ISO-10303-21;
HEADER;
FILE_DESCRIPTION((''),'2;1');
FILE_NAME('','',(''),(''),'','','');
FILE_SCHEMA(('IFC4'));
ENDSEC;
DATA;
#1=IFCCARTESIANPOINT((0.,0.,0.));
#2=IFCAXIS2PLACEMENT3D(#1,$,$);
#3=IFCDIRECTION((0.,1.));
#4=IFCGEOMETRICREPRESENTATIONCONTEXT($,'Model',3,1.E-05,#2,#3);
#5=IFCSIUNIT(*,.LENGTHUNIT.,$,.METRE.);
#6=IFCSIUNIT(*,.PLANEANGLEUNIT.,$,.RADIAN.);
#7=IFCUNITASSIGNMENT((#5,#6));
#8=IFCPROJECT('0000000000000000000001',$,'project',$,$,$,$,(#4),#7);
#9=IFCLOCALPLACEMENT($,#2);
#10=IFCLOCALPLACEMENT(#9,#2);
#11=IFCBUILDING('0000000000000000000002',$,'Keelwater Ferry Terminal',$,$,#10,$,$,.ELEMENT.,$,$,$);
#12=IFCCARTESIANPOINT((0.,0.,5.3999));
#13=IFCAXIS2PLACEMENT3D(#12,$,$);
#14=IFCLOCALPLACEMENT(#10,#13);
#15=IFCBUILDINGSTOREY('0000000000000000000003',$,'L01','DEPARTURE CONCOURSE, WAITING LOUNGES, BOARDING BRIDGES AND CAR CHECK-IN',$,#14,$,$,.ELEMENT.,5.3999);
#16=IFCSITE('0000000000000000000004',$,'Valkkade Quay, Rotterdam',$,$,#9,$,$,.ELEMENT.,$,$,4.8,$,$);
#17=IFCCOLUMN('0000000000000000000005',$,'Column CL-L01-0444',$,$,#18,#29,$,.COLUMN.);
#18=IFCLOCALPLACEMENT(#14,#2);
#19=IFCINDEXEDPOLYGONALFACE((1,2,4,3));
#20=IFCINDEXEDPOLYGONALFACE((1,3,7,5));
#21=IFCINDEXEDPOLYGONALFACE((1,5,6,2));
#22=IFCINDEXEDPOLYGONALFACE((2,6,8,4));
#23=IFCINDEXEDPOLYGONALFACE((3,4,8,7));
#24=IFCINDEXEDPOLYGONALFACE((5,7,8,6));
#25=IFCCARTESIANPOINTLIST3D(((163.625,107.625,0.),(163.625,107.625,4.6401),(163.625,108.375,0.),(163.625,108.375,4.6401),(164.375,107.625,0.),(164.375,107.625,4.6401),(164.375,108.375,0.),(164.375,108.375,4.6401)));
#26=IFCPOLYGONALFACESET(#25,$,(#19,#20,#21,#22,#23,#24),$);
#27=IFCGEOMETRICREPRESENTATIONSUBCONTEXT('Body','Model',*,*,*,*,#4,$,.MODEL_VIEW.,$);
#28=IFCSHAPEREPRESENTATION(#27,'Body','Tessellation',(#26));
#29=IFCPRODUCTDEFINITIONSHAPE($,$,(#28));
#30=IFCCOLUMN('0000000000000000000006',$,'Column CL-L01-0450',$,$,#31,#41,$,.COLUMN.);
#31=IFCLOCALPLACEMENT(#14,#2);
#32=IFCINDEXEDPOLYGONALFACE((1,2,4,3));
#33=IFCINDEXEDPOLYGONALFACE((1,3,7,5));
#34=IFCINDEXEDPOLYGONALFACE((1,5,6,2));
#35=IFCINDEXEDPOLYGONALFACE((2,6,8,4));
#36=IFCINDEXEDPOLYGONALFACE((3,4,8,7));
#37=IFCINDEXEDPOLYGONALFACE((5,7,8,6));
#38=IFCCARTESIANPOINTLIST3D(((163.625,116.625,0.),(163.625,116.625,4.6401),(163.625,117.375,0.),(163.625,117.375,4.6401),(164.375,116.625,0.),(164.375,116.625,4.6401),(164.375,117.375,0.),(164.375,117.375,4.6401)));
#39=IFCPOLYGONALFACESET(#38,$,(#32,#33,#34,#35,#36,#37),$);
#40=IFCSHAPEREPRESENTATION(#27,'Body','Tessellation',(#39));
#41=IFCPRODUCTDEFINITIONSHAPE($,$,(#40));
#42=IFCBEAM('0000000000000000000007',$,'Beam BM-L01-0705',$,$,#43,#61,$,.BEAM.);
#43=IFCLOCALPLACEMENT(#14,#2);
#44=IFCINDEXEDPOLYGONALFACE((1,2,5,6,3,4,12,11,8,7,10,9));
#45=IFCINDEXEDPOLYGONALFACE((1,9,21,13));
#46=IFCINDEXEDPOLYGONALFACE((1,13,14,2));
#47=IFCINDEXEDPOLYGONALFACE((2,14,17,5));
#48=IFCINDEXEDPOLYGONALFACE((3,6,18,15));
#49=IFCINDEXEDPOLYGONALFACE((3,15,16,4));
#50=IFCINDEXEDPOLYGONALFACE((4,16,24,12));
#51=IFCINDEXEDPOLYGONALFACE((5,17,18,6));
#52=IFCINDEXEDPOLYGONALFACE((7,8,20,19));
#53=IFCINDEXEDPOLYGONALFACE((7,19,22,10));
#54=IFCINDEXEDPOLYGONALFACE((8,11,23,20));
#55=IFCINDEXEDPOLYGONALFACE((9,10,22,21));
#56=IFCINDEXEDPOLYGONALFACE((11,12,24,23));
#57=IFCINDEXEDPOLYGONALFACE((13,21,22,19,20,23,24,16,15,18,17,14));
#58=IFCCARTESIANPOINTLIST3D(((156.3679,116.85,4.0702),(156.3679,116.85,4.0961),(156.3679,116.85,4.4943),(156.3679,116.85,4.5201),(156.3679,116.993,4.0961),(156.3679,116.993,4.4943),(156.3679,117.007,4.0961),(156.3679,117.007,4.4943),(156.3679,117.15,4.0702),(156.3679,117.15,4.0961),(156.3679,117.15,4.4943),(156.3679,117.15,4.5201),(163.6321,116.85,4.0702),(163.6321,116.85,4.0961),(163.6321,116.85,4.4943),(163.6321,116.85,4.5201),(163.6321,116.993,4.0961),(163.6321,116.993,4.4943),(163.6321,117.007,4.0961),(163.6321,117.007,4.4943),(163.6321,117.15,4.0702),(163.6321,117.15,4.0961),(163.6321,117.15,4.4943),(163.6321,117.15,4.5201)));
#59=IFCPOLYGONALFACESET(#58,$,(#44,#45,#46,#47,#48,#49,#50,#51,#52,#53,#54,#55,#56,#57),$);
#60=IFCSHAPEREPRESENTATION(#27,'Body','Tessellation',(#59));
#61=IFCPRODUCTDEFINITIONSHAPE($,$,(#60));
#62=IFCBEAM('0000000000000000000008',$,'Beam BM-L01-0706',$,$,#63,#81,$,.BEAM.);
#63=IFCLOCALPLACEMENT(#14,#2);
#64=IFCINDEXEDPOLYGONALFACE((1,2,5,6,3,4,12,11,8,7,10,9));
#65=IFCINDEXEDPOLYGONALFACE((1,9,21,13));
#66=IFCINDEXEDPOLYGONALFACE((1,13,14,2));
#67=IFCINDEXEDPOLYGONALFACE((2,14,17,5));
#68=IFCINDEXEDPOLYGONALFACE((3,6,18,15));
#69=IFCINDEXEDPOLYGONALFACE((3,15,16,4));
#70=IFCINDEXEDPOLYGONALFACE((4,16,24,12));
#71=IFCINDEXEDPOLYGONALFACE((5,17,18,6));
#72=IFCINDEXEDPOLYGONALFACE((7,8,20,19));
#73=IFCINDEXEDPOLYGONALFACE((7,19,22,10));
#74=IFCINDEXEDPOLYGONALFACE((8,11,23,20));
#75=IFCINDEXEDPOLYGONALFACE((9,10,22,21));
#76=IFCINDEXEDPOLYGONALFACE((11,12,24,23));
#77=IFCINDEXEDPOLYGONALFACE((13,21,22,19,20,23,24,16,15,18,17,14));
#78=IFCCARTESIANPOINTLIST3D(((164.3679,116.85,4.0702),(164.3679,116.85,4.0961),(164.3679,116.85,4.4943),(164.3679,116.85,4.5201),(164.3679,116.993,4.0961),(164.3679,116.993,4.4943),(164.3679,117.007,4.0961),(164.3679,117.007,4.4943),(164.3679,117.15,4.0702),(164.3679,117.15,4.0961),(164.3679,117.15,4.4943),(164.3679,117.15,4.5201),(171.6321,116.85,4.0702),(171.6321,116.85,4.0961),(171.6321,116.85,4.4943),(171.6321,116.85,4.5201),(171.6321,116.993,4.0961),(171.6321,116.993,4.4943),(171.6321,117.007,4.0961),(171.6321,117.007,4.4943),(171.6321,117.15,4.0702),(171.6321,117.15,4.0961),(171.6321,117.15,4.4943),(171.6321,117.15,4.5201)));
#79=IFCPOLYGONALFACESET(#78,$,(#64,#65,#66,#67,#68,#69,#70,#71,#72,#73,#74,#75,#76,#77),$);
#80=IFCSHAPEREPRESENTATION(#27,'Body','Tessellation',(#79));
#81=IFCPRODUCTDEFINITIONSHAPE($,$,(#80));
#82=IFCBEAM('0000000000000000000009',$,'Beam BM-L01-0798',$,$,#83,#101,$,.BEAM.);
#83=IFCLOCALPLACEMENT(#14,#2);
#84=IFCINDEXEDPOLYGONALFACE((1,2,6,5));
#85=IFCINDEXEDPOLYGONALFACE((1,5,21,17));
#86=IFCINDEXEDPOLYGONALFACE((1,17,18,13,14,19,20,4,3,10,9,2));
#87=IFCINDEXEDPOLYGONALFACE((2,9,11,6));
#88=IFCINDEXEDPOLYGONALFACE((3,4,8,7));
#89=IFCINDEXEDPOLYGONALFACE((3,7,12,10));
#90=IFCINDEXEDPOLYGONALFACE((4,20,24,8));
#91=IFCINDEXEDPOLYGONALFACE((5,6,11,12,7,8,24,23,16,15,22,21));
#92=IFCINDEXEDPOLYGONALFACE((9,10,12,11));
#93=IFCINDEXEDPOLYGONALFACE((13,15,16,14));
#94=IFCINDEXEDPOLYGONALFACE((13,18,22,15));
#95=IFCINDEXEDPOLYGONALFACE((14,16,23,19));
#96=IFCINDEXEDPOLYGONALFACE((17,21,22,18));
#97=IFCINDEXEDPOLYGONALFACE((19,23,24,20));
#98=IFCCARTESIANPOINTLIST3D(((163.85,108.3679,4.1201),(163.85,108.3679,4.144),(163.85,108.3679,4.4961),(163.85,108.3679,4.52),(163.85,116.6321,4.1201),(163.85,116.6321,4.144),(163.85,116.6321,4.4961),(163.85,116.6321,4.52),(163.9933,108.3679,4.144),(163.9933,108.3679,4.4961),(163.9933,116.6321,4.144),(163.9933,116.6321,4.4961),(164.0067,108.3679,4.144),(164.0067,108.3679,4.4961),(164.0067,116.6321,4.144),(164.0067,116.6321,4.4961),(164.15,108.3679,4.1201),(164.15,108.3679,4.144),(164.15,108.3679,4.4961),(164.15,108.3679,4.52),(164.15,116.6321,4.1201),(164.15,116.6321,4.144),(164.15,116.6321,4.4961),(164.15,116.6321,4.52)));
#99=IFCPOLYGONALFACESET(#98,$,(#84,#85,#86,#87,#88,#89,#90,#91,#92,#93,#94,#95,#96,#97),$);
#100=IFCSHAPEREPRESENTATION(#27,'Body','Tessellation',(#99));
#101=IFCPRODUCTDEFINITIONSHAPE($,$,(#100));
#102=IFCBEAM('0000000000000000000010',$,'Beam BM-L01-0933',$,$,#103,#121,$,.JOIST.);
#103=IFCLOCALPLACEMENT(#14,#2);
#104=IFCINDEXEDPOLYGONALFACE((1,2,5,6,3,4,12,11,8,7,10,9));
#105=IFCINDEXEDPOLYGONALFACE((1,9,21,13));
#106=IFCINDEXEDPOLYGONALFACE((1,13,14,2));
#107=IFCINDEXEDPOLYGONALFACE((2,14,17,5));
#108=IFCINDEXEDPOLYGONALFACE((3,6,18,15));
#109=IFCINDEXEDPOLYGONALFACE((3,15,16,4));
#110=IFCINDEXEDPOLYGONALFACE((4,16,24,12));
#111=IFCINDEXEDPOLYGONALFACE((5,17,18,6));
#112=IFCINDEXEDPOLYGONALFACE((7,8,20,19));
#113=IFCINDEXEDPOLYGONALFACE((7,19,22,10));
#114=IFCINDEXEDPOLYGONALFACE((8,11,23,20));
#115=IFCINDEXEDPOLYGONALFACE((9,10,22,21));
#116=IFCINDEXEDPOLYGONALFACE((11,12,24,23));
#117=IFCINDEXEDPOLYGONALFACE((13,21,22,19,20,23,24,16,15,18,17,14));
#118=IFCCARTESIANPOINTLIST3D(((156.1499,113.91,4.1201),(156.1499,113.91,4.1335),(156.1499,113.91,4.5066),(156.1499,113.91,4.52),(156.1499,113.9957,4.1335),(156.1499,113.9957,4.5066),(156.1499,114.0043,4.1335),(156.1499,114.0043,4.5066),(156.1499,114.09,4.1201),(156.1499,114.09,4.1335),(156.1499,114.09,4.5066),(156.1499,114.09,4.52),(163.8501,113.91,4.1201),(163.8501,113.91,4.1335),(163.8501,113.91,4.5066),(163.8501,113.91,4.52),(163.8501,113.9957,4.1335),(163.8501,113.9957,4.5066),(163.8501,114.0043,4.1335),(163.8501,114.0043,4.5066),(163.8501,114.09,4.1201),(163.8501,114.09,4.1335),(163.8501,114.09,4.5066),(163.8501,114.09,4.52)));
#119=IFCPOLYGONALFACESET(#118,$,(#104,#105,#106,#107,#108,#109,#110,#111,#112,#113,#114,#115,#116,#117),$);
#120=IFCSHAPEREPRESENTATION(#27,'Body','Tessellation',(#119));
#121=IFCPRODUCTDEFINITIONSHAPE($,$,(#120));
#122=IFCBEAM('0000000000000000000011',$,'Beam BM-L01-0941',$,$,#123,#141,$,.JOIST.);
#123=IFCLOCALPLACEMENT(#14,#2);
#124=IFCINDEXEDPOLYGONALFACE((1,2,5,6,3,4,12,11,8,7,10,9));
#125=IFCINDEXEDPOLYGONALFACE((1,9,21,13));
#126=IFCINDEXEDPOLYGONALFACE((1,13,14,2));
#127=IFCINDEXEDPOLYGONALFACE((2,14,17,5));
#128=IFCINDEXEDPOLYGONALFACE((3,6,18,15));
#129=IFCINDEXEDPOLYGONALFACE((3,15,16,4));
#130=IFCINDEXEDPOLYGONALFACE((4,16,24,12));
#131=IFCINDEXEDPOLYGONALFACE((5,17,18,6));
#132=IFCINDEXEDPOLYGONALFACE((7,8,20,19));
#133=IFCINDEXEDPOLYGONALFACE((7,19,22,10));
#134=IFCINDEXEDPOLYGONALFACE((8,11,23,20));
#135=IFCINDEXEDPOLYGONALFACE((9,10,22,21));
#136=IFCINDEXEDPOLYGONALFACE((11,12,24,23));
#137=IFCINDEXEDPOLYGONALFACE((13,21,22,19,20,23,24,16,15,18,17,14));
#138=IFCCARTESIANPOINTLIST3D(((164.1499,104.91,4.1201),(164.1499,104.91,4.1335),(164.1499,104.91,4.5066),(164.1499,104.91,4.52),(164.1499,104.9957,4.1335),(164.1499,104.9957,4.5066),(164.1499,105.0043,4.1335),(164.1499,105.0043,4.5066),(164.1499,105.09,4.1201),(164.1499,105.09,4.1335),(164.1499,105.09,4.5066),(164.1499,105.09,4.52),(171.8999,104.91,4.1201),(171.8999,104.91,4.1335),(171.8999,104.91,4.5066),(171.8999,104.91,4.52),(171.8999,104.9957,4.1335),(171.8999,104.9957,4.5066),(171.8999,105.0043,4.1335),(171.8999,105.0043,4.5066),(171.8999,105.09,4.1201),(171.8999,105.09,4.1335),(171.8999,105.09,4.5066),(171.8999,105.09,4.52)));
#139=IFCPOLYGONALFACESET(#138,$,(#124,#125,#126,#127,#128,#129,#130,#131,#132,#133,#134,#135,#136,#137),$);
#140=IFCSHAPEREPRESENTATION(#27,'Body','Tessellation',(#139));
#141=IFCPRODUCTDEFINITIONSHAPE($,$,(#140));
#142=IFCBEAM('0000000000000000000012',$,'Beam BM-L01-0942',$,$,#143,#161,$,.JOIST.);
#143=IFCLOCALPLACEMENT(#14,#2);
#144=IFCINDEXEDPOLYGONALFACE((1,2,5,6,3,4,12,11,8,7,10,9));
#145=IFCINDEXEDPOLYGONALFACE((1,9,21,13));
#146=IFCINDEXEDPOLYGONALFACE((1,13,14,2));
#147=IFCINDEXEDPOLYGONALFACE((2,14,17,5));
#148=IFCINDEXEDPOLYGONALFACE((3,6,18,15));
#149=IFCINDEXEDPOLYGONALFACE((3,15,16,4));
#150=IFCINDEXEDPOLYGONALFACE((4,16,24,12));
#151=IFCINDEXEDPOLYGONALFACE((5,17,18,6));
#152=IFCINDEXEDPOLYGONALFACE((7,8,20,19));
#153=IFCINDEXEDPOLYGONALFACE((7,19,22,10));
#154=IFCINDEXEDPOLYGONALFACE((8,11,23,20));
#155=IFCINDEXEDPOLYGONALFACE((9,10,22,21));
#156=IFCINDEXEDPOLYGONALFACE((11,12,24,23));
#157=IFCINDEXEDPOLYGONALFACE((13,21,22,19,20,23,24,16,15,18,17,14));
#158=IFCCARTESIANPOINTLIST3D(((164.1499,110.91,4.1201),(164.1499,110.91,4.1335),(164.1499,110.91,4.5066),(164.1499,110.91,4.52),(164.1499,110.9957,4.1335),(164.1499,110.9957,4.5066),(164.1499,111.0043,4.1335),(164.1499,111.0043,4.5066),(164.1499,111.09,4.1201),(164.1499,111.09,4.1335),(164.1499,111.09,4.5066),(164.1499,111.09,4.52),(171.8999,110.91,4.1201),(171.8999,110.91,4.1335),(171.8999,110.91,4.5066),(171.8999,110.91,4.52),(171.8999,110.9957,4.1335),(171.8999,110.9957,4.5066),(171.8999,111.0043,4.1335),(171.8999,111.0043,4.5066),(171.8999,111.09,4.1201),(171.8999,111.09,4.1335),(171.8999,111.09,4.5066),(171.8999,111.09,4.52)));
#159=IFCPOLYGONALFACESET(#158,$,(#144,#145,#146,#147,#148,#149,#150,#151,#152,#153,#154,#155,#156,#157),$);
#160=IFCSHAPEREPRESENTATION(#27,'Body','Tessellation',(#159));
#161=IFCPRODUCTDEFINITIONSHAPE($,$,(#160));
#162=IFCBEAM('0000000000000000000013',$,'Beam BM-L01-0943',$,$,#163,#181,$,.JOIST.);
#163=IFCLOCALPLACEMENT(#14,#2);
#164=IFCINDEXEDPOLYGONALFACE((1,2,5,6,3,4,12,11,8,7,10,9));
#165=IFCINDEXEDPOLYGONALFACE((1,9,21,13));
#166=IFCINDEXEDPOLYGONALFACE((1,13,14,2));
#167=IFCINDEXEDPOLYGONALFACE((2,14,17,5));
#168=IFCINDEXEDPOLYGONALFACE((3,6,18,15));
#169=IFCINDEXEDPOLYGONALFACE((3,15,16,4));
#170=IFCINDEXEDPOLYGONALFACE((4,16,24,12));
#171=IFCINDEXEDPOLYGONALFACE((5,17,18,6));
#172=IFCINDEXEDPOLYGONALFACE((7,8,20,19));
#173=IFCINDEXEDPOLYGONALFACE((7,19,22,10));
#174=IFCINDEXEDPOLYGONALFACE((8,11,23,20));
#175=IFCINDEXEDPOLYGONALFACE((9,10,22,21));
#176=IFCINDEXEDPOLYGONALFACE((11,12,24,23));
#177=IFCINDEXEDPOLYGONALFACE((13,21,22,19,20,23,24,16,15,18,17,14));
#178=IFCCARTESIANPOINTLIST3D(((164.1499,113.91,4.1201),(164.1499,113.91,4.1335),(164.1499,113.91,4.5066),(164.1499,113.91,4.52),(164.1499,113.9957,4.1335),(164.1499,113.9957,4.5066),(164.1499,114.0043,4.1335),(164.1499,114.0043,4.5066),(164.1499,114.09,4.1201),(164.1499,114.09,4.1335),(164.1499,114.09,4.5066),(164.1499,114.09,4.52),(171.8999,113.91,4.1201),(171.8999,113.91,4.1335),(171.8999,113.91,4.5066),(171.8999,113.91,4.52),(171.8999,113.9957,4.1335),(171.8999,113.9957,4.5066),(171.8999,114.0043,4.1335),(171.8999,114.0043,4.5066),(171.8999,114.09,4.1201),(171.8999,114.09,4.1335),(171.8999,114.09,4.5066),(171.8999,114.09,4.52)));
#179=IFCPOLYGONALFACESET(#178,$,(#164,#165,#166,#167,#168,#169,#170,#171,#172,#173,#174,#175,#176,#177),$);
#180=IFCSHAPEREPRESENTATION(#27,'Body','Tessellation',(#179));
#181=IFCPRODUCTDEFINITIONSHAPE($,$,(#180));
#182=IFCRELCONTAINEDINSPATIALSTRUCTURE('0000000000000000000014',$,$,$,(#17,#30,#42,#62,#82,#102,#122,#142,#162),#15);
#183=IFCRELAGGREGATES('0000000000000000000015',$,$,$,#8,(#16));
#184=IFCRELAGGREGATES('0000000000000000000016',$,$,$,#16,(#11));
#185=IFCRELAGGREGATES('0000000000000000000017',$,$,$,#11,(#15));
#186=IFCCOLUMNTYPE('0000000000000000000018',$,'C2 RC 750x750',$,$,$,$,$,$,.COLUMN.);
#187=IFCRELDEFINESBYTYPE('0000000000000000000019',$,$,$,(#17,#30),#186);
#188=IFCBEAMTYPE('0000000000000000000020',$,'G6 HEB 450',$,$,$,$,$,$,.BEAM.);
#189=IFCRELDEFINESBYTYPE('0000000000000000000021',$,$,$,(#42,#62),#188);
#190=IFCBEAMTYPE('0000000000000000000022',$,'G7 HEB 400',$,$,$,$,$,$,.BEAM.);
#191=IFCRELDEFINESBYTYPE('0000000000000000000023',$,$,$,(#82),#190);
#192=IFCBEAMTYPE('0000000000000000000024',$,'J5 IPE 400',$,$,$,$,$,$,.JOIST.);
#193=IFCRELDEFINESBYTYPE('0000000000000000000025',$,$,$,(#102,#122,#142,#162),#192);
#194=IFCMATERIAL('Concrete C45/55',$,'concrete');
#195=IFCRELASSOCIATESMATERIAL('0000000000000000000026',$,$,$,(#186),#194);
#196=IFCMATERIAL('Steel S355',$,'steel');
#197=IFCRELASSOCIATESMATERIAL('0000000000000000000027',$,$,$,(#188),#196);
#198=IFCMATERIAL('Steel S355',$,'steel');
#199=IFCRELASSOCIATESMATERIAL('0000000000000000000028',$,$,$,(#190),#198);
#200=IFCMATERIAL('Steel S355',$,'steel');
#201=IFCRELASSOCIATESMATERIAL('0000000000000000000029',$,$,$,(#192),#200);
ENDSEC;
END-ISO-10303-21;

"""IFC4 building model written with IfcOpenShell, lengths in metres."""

from ifc_helpers import new_model, si_unit, direction, frame, origin, origin_2d, place, context, subcontext, project, spatial, rectangle, i_section, extrude, material, material_profile, profile_set, type_object, element, save


model = new_model("IFC4")

# Units and contexts
model_context = context("Model", 3, precision=1e-05, world=origin(), true_north=direction((0.0, 1.0)))
body_context = subcontext(model_context, "Body", "Model", "MODEL_VIEW")
ifc_project = project(units=[si_unit("LENGTHUNIT", "METRE"), si_unit("PLANEANGLEUNIT", "RADIAN")], contexts=[model_context])

# Site, building, storey
site_placement = place(None, origin())
site = spatial("IfcSite", under=ifc_project, at=site_placement, Name="Valkkade Quay, Rotterdam", CompositionType="ELEMENT", RefElevation=4.8)
building_placement = place(site_placement, origin())
building = spatial("IfcBuilding", under=site, at=building_placement, Name="Keelwater Ferry Terminal", CompositionType="ELEMENT")
storey_placement = place(building_placement, frame((0.0, 0.0, 5.3999)))
storey = spatial("IfcBuildingStorey", under=building, at=storey_placement, Name="L01", Description="DEPARTURE CONCOURSE, WAITING LOUNGES, BOARDING BRIDGES AND CAR CHECK-IN", CompositionType="ELEMENT", Elevation=5.3999)

# Columns
ifc_material_1 = material(Name="Concrete C45/55", Category="concrete")
ifc_material_profile_1 = material_profile(ifc_material_1, rectangle(XDim=0.75, YDim=0.75, at=origin_2d()), Name="RC 750x750")
ifc_profile_set_1 = profile_set([ifc_material_profile_1], Name="Concrete C45/55")
column_type = type_object("IfcColumnType", Name="C2 RC 750x750", PredefinedType="COLUMN", material=ifc_profile_set_1)
for number, where, z_axis, x_axis, name in (
    (1, (164.0, 108.0, 0.0), (0.0, 0.0, 1.0), (1.0, 0.0, 0.0), "Column CL-L01-0444"),
    (2, (164.0, 117.0, 0.0), (0.0, 0.0, 1.0), (1.0, 0.0, 0.0), "Column CL-L01-0450"),
):
    element("IfcColumn", number, at=place(storey_placement, frame(where, z_axis=z_axis, x_axis=x_axis)), inside=storey, type_object=column_type, Name=name, PredefinedType="COLUMN", context=body_context, shape_type="SweptSolid", body=[
        extrude(rectangle(XDim=0.75, YDim=0.75, at=origin_2d()), origin(), (0.0, 0.0, 1.0), 4.6401),
    ])

# Beams
ifc_material_2 = material(Name="Steel S355", Category="steel")
ifc_material_profile_2 = material_profile(ifc_material_2, i_section(OverallWidth=0.3, OverallDepth=0.45, WebThickness=0.0139, FlangeThickness=0.0259, at=origin_2d()), Name="HEB 450")
ifc_profile_set_2 = profile_set([ifc_material_profile_2], Name="Steel S355")
beam_type_1 = type_object("IfcBeamType", Name="G6 HEB 450", PredefinedType="BEAM", material=ifc_profile_set_2)
for number, where, z_axis, x_axis, name in (
    (3, (156.3679, 117.0, 4.2952), (1.0, 0.0, 0.0), (0.0, 1.0, 0.0), "Beam BM-L01-0705"),
    (4, (164.3679, 117.0, 4.2952), (1.0, 0.0, 0.0), (0.0, 1.0, 0.0), "Beam BM-L01-0706"),
):
    element("IfcBeam", number, at=place(storey_placement, frame(where, z_axis=z_axis, x_axis=x_axis)), inside=storey, type_object=beam_type_1, Name=name, PredefinedType="BEAM", context=body_context, shape_type="SweptSolid", body=[
        extrude(i_section(OverallWidth=0.3, OverallDepth=0.45, WebThickness=0.0139, FlangeThickness=0.0259, at=origin_2d()), origin(), (0.0, 0.0, 1.0), 7.2642),
    ])
ifc_material_3 = material(Name="Steel S355", Category="steel")
ifc_material_profile_3 = material_profile(ifc_material_3, i_section(OverallWidth=0.3, OverallDepth=0.3999, WebThickness=0.0134, FlangeThickness=0.0239, at=origin_2d()), Name="HEB 400")
ifc_profile_set_3 = profile_set([ifc_material_profile_3], Name="Steel S355")
beam_type_2 = type_object("IfcBeamType", Name="G7 HEB 400", PredefinedType="BEAM", material=ifc_profile_set_3)
beam_1_placement = place(storey_placement, frame((164.0, 108.3679, 4.3201), z_axis=(0.0, 1.0, 0.0), x_axis=(-1.0, 0.0, 0.0)))
element("IfcBeam", 5, at=beam_1_placement, inside=storey, type_object=beam_type_2, Name="Beam BM-L01-0798", PredefinedType="BEAM", context=body_context, shape_type="SweptSolid", body=[
    extrude(i_section(OverallWidth=0.3, OverallDepth=0.3999, WebThickness=0.0134, FlangeThickness=0.0239, at=origin_2d()), origin(), (0.0, 0.0, 1.0), 8.2642),
])
ifc_material_4 = material(Name="Steel S355", Category="steel")
ifc_material_profile_4 = material_profile(ifc_material_4, i_section(OverallWidth=0.1799, OverallDepth=0.3999, WebThickness=0.0085, FlangeThickness=0.0134, at=origin_2d()), Name="IPE 400")
ifc_profile_set_4 = profile_set([ifc_material_profile_4], Name="Steel S355")
beam_type_3 = type_object("IfcBeamType", Name="J5 IPE 400", PredefinedType="JOIST", material=ifc_profile_set_4)
beam_2_placement = place(storey_placement, frame((156.1499, 114.0, 4.3201), z_axis=(1.0, 0.0, 0.0), x_axis=(0.0, 1.0, 0.0)))
element("IfcBeam", 6, at=beam_2_placement, inside=storey, type_object=beam_type_3, Name="Beam BM-L01-0933", PredefinedType="JOIST", context=body_context, shape_type="SweptSolid", body=[
    extrude(i_section(OverallWidth=0.1799, OverallDepth=0.3999, WebThickness=0.0085, FlangeThickness=0.0134, at=origin_2d()), origin(), (0.0, 0.0, 1.0), 7.7002),
])
for number, where, z_axis, x_axis, name in (
    (7, (164.1499, 105.0, 4.3201), (1.0, 0.0, 0.0), (0.0, 1.0, 0.0), "Beam BM-L01-0941"),
    (8, (164.1499, 111.0, 4.3201), (1.0, 0.0, 0.0), (0.0, 1.0, 0.0), "Beam BM-L01-0942"),
    (9, (164.1499, 114.0, 4.3201), (1.0, 0.0, 0.0), (0.0, 1.0, 0.0), "Beam BM-L01-0943"),
):
    element("IfcBeam", number, at=place(storey_placement, frame(where, z_axis=z_axis, x_axis=x_axis)), inside=storey, type_object=beam_type_3, Name=name, PredefinedType="JOIST", context=body_context, shape_type="SweptSolid", body=[
        extrude(i_section(OverallWidth=0.1799, OverallDepth=0.3999, WebThickness=0.0085, FlangeThickness=0.0134, at=origin_2d()), origin(), (0.0, 0.0, 1.0), 7.75),
    ])

save(model, "model.ifc")
